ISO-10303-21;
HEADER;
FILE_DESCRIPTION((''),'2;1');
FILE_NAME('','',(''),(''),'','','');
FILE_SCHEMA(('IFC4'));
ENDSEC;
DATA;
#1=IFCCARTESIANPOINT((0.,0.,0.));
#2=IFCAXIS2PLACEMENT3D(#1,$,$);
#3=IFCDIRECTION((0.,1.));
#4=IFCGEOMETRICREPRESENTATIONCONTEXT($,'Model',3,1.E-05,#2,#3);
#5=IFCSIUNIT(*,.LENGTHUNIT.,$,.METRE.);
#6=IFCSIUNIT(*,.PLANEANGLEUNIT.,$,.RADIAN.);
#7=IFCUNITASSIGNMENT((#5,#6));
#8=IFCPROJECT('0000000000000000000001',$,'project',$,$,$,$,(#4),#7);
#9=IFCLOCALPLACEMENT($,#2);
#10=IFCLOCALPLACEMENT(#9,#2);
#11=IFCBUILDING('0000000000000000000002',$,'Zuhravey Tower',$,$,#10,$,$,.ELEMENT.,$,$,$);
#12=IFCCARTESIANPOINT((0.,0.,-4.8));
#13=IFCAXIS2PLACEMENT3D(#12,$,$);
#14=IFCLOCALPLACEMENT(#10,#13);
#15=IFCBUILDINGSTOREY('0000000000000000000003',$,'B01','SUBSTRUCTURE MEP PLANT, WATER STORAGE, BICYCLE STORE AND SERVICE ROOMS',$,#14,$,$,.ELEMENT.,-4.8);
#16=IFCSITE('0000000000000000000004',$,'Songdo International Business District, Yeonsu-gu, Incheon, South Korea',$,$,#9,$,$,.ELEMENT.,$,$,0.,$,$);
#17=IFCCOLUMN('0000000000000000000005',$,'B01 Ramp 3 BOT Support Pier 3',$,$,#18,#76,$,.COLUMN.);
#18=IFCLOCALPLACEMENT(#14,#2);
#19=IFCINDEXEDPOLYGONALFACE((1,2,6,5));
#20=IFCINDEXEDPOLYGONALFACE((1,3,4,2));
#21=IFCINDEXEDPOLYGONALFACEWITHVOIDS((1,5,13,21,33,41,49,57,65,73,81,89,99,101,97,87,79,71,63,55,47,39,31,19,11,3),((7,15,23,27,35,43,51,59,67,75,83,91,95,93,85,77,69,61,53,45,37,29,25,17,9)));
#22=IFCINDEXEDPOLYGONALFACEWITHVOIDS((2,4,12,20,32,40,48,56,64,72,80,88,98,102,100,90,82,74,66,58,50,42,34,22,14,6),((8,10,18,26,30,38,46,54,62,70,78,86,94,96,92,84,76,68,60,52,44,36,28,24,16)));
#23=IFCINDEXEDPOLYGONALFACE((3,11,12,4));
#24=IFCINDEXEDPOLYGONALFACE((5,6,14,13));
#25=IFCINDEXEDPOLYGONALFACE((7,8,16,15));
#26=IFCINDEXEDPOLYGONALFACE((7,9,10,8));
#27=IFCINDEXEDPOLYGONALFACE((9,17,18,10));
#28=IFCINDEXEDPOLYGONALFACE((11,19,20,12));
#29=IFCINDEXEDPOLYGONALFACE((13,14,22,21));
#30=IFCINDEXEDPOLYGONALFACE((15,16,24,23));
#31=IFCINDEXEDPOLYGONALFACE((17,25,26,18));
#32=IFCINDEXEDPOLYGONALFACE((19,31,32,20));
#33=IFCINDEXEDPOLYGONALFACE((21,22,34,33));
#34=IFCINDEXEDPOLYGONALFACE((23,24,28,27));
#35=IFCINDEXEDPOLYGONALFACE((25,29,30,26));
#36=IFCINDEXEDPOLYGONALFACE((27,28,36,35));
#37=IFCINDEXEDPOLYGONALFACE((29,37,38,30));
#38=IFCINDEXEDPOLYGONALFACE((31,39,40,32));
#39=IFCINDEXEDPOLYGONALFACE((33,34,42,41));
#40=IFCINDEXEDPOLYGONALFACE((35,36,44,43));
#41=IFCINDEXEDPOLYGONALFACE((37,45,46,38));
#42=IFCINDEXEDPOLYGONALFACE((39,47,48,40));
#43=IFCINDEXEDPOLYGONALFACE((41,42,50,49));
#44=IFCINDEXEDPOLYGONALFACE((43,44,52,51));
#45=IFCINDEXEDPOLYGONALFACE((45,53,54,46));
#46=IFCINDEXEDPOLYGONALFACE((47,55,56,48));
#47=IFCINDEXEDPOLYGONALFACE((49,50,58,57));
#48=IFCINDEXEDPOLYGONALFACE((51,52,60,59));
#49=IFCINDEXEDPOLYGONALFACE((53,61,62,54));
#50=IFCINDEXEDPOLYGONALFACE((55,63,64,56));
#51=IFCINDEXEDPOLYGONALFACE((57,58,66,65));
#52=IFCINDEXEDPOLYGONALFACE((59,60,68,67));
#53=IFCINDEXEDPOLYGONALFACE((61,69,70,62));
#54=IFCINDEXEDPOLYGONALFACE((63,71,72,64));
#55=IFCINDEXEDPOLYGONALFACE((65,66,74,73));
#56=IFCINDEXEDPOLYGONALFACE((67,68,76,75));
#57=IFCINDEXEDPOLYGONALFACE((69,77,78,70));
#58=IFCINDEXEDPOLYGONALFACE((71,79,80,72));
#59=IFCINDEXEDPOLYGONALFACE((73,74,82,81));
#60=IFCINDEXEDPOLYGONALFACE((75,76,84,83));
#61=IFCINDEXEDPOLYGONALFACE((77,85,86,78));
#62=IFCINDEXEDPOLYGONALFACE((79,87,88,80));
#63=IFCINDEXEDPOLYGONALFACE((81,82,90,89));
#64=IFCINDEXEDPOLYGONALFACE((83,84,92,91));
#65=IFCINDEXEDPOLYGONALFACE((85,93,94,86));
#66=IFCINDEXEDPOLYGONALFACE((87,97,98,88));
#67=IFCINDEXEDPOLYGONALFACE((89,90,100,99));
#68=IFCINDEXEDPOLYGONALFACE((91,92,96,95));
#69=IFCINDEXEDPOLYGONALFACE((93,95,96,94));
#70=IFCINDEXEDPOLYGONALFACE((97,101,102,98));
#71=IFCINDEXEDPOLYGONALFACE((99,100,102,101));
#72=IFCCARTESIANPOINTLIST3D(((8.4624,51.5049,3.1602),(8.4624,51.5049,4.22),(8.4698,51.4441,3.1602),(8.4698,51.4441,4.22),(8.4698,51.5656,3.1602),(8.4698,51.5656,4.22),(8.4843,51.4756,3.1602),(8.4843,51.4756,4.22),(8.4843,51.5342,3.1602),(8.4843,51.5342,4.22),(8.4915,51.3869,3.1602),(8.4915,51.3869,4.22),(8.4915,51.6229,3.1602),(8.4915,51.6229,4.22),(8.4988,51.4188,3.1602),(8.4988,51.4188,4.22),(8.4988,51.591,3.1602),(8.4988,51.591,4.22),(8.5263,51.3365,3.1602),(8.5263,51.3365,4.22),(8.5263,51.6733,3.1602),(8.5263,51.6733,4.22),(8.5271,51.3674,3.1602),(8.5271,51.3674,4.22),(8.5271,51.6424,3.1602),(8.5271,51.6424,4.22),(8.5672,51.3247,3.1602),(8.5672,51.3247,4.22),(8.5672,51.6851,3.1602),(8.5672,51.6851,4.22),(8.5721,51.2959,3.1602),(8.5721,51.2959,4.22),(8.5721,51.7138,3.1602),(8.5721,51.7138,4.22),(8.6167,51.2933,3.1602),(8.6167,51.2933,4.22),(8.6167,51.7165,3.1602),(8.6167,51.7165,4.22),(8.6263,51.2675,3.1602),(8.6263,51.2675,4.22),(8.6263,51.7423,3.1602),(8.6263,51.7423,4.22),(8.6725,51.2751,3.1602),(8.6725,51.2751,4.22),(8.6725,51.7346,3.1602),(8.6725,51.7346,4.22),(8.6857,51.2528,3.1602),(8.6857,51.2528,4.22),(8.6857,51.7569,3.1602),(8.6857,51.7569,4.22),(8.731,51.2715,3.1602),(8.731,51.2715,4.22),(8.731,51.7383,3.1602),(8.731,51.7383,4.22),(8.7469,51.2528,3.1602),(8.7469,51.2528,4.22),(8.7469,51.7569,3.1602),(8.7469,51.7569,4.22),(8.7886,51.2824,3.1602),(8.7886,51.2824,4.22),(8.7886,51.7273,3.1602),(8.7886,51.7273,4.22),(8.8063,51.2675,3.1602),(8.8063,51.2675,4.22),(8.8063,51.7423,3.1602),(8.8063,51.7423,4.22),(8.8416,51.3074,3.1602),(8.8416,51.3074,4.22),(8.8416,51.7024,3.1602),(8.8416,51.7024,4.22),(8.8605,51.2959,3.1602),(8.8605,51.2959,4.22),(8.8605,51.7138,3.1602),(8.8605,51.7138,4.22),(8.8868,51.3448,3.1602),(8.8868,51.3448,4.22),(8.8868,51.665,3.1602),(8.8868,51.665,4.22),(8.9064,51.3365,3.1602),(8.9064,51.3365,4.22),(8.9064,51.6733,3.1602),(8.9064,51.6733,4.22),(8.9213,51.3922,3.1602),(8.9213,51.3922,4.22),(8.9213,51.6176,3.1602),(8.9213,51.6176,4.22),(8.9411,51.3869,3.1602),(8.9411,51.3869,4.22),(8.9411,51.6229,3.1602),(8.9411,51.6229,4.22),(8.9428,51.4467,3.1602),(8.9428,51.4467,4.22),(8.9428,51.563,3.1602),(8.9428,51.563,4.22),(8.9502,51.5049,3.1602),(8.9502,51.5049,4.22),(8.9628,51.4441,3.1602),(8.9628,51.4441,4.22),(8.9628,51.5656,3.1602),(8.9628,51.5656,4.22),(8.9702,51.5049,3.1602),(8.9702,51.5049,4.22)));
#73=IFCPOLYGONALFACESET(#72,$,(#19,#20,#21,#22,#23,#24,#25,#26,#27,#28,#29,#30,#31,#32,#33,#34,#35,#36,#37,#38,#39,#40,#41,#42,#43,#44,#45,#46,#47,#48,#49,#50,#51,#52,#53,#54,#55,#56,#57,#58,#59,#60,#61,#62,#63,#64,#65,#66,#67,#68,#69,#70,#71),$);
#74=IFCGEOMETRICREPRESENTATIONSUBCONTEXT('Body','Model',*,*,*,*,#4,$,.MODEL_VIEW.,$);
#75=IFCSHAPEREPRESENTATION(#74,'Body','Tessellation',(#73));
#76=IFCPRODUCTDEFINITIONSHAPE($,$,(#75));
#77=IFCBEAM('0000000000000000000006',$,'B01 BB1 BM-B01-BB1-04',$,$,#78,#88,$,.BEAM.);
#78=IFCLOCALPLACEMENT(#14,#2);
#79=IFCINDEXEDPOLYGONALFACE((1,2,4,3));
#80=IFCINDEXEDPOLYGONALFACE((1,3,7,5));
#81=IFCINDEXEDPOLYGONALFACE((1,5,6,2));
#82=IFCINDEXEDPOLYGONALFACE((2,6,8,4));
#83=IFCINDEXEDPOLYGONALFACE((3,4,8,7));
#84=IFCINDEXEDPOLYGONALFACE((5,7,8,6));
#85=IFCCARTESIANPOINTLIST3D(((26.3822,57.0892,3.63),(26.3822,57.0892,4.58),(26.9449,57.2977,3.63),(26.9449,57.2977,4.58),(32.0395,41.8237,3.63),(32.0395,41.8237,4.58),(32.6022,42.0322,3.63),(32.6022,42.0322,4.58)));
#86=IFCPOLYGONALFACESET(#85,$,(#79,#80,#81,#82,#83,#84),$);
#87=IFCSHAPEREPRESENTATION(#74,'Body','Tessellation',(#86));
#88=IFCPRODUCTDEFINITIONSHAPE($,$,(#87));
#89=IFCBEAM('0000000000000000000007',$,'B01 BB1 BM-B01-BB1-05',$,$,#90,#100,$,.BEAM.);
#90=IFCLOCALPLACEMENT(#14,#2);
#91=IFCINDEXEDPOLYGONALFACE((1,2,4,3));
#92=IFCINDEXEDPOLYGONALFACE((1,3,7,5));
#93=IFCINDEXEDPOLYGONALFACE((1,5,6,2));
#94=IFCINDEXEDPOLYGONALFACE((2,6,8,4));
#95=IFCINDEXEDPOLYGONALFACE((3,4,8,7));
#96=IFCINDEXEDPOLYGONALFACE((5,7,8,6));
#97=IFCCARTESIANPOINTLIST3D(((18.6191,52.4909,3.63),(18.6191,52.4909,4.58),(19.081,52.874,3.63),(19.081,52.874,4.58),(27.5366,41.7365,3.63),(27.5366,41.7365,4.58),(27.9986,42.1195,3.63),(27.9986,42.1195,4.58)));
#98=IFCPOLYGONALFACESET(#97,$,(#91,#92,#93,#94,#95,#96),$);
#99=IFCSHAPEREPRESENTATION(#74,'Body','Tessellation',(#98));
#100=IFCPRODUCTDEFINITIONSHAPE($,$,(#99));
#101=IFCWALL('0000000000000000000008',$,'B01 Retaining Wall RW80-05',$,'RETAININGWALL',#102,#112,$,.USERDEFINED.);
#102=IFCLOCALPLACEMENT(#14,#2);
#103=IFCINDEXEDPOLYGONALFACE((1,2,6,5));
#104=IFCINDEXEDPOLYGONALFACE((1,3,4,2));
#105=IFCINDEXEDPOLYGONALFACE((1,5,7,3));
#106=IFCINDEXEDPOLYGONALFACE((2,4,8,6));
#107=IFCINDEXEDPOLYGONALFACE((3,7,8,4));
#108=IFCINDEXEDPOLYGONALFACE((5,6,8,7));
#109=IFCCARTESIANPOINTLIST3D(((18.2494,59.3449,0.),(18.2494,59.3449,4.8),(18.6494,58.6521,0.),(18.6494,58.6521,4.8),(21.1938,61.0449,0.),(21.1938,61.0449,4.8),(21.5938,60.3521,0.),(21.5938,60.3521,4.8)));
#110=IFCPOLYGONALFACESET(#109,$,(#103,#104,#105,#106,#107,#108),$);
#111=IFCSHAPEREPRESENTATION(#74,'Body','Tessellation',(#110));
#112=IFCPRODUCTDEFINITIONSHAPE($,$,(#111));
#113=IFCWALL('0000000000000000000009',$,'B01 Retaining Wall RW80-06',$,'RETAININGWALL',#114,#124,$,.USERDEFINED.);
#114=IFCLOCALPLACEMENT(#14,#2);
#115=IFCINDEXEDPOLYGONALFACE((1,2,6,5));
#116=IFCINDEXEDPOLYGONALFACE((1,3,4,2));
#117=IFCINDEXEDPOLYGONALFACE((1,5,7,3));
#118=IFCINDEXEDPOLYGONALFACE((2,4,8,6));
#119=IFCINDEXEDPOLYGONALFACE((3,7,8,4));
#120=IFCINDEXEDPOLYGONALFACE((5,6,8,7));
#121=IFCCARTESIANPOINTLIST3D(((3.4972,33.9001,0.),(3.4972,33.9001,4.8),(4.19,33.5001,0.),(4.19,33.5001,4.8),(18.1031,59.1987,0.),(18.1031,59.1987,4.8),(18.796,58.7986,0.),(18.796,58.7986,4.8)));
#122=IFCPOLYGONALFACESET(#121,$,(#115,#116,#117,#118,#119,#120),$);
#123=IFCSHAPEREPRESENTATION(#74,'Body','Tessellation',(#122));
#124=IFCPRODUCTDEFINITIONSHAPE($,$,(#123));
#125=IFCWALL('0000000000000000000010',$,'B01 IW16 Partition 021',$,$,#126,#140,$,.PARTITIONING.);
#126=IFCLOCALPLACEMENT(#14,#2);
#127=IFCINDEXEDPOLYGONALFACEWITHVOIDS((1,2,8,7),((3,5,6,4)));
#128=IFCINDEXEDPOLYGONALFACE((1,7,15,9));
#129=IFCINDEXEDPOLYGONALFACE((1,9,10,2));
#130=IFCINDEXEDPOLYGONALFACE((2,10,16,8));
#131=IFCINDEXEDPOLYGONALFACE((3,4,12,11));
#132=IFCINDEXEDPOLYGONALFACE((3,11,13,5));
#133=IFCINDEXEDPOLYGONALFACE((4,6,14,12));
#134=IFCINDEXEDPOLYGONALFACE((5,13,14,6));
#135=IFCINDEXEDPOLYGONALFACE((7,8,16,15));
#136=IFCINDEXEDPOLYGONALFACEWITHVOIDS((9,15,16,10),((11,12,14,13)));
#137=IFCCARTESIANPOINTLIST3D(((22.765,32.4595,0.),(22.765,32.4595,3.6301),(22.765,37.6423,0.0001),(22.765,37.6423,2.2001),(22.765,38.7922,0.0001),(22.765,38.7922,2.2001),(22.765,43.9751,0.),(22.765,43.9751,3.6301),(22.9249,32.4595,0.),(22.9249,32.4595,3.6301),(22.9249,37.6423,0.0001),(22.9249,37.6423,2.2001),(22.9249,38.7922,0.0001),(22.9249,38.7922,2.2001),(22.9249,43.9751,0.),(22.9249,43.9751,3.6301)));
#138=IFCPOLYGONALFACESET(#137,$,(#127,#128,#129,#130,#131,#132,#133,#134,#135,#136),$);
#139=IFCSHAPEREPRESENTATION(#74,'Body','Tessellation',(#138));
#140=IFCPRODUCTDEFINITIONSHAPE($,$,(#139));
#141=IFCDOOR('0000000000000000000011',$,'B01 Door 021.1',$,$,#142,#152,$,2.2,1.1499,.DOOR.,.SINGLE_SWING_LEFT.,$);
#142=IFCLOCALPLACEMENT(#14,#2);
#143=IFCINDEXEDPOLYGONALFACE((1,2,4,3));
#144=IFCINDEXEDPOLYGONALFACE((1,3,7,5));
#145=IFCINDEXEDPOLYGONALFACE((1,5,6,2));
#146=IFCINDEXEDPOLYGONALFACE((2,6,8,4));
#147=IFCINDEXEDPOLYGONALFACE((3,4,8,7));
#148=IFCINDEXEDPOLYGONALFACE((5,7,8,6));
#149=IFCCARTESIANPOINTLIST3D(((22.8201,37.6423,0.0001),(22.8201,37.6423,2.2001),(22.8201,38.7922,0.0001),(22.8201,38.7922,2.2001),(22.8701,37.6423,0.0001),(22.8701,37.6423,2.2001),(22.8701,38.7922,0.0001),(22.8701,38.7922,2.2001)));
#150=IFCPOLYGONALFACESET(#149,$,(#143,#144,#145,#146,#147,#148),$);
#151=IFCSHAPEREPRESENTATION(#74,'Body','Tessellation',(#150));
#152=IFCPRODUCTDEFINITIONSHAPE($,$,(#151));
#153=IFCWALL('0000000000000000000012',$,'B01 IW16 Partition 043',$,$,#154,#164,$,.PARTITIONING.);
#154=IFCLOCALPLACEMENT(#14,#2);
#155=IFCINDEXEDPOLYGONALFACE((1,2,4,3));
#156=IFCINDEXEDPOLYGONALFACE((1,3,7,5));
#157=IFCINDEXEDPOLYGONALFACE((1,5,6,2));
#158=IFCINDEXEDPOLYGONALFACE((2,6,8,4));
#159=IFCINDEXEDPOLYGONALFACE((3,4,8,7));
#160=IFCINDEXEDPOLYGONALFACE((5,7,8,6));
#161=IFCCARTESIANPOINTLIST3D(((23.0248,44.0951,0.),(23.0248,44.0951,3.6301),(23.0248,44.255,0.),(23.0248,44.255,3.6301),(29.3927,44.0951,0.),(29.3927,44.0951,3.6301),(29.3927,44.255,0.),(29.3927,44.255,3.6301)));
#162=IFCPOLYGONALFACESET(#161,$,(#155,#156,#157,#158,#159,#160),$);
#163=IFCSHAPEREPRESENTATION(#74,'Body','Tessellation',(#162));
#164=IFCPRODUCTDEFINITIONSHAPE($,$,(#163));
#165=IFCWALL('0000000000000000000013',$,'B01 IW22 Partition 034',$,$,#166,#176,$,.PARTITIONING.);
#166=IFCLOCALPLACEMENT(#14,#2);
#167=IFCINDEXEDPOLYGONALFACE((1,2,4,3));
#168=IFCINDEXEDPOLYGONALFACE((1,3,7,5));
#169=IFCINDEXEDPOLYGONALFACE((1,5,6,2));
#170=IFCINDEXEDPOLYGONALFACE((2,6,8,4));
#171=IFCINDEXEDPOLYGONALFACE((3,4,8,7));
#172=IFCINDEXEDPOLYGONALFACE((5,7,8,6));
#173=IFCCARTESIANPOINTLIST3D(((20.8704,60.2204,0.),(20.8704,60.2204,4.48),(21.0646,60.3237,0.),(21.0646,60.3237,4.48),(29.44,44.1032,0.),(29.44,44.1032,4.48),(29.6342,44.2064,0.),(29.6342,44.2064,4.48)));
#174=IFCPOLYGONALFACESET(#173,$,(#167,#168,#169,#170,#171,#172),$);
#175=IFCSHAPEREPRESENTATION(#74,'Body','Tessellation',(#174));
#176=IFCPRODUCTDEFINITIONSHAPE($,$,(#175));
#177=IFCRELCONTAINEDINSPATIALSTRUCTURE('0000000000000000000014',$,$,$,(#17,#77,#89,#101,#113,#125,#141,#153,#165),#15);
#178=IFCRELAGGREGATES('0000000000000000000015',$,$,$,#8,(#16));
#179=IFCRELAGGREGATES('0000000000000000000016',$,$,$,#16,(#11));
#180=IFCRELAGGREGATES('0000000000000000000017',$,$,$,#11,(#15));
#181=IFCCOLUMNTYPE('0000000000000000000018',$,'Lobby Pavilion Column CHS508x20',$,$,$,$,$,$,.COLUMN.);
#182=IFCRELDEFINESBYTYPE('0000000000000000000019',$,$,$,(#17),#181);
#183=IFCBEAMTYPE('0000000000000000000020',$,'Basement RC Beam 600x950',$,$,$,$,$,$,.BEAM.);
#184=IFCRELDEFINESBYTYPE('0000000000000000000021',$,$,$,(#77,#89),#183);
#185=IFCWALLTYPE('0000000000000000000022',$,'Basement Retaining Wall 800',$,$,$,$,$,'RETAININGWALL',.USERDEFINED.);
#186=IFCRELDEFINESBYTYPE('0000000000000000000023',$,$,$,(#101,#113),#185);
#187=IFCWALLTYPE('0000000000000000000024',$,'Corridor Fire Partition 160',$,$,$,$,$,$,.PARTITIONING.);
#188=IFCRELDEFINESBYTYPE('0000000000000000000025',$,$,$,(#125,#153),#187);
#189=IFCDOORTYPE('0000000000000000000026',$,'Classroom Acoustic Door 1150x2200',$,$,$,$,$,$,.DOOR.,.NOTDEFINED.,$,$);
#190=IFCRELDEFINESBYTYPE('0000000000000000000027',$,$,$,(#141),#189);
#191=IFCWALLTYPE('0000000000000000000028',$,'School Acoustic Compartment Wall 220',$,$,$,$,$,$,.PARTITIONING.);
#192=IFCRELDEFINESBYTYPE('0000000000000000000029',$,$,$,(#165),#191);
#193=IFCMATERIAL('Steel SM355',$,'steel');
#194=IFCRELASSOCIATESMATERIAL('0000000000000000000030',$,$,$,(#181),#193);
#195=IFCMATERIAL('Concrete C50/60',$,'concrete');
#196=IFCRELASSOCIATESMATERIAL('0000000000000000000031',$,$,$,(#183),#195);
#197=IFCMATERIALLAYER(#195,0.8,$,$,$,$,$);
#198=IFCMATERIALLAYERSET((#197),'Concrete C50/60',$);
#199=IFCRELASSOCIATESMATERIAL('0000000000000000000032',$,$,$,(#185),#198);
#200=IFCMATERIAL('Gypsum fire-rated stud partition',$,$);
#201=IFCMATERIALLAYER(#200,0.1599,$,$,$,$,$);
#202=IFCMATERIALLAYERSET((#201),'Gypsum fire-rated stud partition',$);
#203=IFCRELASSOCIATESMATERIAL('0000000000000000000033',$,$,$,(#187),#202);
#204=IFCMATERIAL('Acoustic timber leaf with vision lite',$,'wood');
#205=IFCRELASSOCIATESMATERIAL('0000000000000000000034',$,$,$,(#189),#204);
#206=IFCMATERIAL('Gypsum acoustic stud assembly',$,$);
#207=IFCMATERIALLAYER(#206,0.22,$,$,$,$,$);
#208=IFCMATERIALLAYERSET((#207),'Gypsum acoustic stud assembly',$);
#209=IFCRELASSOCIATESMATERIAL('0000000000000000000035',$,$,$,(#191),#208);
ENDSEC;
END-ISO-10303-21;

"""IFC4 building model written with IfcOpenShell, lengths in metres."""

from ifc_helpers import new_model, si_unit, direction, frame, frame_2d, origin, origin_2d, place, context, subcontext, project, spatial, rectangle, hollow_circle, extrude, material, layer, layer_set, material_profile, profile_set, type_object, element, fill, save


model = new_model("IFC4")

# Units and contexts
model_context = context("Model", 3, precision=1e-05, world=origin(), true_north=direction((0.0, 1.0)))
body_context = subcontext(model_context, "Body", "Model", "MODEL_VIEW")
ifc_project = project(units=[si_unit("LENGTHUNIT", "METRE"), si_unit("PLANEANGLEUNIT", "RADIAN")], contexts=[model_context])

# Site, building, storey
site_placement = place(None, origin())
site = spatial("IfcSite", under=ifc_project, at=site_placement, Name="Songdo International Business District, Yeonsu-gu, Incheon, South Korea", CompositionType="ELEMENT", RefElevation=0.0)
building_placement = place(site_placement, origin())
building = spatial("IfcBuilding", under=site, at=building_placement, Name="Zuhravey Tower", CompositionType="ELEMENT")
storey_placement = place(building_placement, frame((0.0, 0.0, -4.8)))
storey = spatial("IfcBuildingStorey", under=building, at=storey_placement, Name="B01", Description="SUBSTRUCTURE MEP PLANT, WATER STORAGE, BICYCLE STORE AND SERVICE ROOMS", CompositionType="ELEMENT", Elevation=-4.8)

# Column
ifc_material_1 = material(Name="Steel SM355", Category="steel")
ifc_material_profile_1 = material_profile(ifc_material_1, hollow_circle(Radius=0.2539, WallThickness=0.02, at=origin_2d()), Name="CHS-508x20")
ifc_profile_set_1 = profile_set([ifc_material_profile_1], Name="Steel SM355")
column_type_1 = type_object("IfcColumnType", Name="Lobby Pavilion Column CHS508x20", PredefinedType="COLUMN", material=ifc_profile_set_1)
for number, where, z_axis, x_axis, name in (
    (1, (8.7163, 51.5049, 3.1602), (0.0, 0.0, 1.0), (1.0, 0.0, 0.0), "B01 Ramp 3 BOT Support Pier 3"),
):
    element("IfcColumn", number, at=place(storey_placement, frame(where, z_axis=z_axis, x_axis=x_axis)), inside=storey, type_object=column_type_1, Name=name, PredefinedType="COLUMN", context=body_context, shape_type="SweptSolid", body=[
        extrude(hollow_circle(Radius=0.2539, WallThickness=0.02, at=origin_2d()), origin(), (0.0, 0.0, 1.0), 1.0598),
    ])

# Beams
ifc_material_2 = material(Name="Concrete C50/60", Category="concrete")
ifc_material_profile_2 = material_profile(ifc_material_2, rectangle(XDim=0.6001, YDim=0.95, at=origin_2d()), Name="RC-600x950")
ifc_profile_set_2 = profile_set([ifc_material_profile_2], Name="Concrete C50/60")
beam_type = type_object("IfcBeamType", Name="Basement RC Beam 600x950", PredefinedType="BEAM", material=ifc_profile_set_2)
beam_1_placement = place(storey_placement, frame((32.3208, 41.928, 4.105), z_axis=(-0.347497, 0.937681, 0.0), x_axis=(-0.937681, -0.347497, 0.0)))
element("IfcBeam", 2, at=beam_1_placement, inside=storey, type_object=beam_type, Name="B01 BB1 BM-B01-BB1-04", PredefinedType="BEAM", context=body_context, shape_type="SweptSolid", body=[
    extrude(rectangle(XDim=0.6001, YDim=0.95, at=origin_2d()), origin(), (0.0, 0.0, 1.0), 16.28),
])
beam_2_placement = place(storey_placement, frame((27.7676, 41.928, 4.105), z_axis=(-0.638302, 0.769786, 0.0), x_axis=(-0.769786, -0.638302, 0.0)))
element("IfcBeam", 3, at=beam_2_placement, inside=storey, type_object=beam_type, Name="B01 BB1 BM-B01-BB1-05", PredefinedType="BEAM", context=body_context, shape_type="SweptSolid", body=[
    extrude(rectangle(XDim=0.6001, YDim=0.95, at=origin_2d()), origin(), (0.0, 0.0, 1.0), 13.9707),
])

# Walls
ifc_layer_1 = layer(ifc_material_2, 0.8)
ifc_layer_set_1 = layer_set([ifc_layer_1], Name="Concrete C50/60")
wall_type_1 = type_object("IfcWallType", Name="Basement Retaining Wall 800", ElementType="RETAININGWALL", PredefinedType="USERDEFINED", material=ifc_layer_set_1)
wall_1_placement = place(storey_placement, frame((21.3938, 60.6985, 0.0), z_axis=(0.0, 0.0, 1.0), x_axis=(-0.866021, -0.500008, 0.0)))
element("IfcWall", 4, at=wall_1_placement, inside=storey, type_object=wall_type_1, Name="B01 Retaining Wall RW80-05", ObjectType="RETAININGWALL", PredefinedType="USERDEFINED", context=body_context, shape_type="SweptSolid", body=[
    extrude(rectangle(XDim=3.3999, YDim=0.8, at=frame_2d((1.7, 0.0))), origin(), (0.0, 0.0, 1.0), 4.8),
])
wall_2_placement = place(storey_placement, frame((18.4495, 58.9985, 0.0), z_axis=(0.0, 0.0, 1.0), x_axis=(-0.499995, -0.866028, 0.0)))
element("IfcWall", 5, at=wall_2_placement, inside=storey, type_object=wall_type_1, Name="B01 Retaining Wall RW80-06", ObjectType="RETAININGWALL", PredefinedType="USERDEFINED", context=body_context, shape_type="SweptSolid", body=[
    extrude(rectangle(XDim=29.2122, YDim=0.8, at=frame_2d((14.606, 0.0))), origin(), (0.0, 0.0, 1.0), 4.8),
])

# Wall, opening, door
ifc_material_3 = material(Name="Gypsum fire-rated stud partition")
ifc_layer_2 = layer(ifc_material_3, 0.1599)
ifc_layer_set_2 = layer_set([ifc_layer_2], Name="Gypsum fire-rated stud partition")
wall_type_2 = type_object("IfcWallType", Name="Corridor Fire Partition 160", PredefinedType="PARTITIONING", material=ifc_layer_set_2)
wall_3_placement = place(storey_placement, frame((22.845, 43.9751, 0.0), z_axis=(0.0, 0.0, 1.0), x_axis=(0.0, -1.0, 0.0)))
wall_3 = element("IfcWall", 6, at=wall_3_placement, inside=storey, type_object=wall_type_2, Name="B01 IW16 Partition 021", PredefinedType="PARTITIONING", context=body_context, shape_type="SweptSolid", body=[
    extrude(rectangle(XDim=11.5156, YDim=0.1599, at=frame_2d((5.7578, 0.0))), origin(), (0.0, 0.0, 1.0), 3.6301),
])
opening_placement = place(wall_3_placement, frame((5.1829, 0.0, 0.0)))
opening = element("IfcOpeningElement", 7, at=opening_placement, cuts=wall_3, PredefinedType="OPENING", context=body_context, shape_type="SweptSolid", body=[
    extrude(rectangle(XDim=1.1499, YDim=2.2, at=frame_2d((0.575, 1.1001))), frame((0.0, 0.092, 0.0), z_axis=(0.0, -1.0, 0.0), x_axis=(1.0, 0.0, 0.0)), (0.0, 0.0, 1.0), 0.1838),
])
ifc_material_4 = material(Name="Acoustic timber leaf with vision lite", Category="wood")
door_type = type_object("IfcDoorType", Name="Classroom Acoustic Door 1150x2200", OperationType="NOTDEFINED", PredefinedType="DOOR", material=ifc_material_4)
door_placement = place(opening_placement, frame((1.1499, 0.0, 0.0), z_axis=(0.0, 0.0, 1.0), x_axis=(-1.0, 0.0, 0.0)))
door = element("IfcDoor", 8, at=door_placement, inside=storey, type_object=door_type, Name="B01 Door 021.1", OperationType="SINGLE_SWING_LEFT", OverallHeight=2.2, OverallWidth=1.1499, PredefinedType="DOOR", context=body_context, shape_type="SweptSolid", body=[
    extrude(rectangle(XDim=1.1499, YDim=2.2, at=frame_2d((0.575, 1.1001))), frame((0.0, 0.0249, 0.0), z_axis=(0.0, -1.0, 0.0), x_axis=(1.0, 0.0, 0.0)), (0.0, 0.0, 1.0), 0.05),
])
fill(opening, door)

# Walls
wall_4_placement = place(storey_placement, frame((29.3928, 44.175, 0.0), z_axis=(0.0, 0.0, 1.0), x_axis=(-1.0, 0.0, 0.0)))
element("IfcWall", 9, at=wall_4_placement, inside=storey, type_object=wall_type_2, Name="B01 IW16 Partition 043", PredefinedType="PARTITIONING", context=body_context, shape_type="SweptSolid", body=[
    extrude(rectangle(XDim=6.3679, YDim=0.1599, at=frame_2d((3.1841, 0.0))), origin(), (0.0, 0.0, 1.0), 3.6301),
])
ifc_material_5 = material(Name="Gypsum acoustic stud assembly")
ifc_layer_3 = layer(ifc_material_5, 0.22)
ifc_layer_set_3 = layer_set([ifc_layer_3], Name="Gypsum acoustic stud assembly")
wall_type_3 = type_object("IfcWallType", Name="School Acoustic Compartment Wall 220", PredefinedType="PARTITIONING", material=ifc_layer_set_3)
wall_5_placement = place(storey_placement, frame((29.5371, 44.1548, 0.0), z_axis=(0.0, 0.0, 1.0), x_axis=(-0.469468, 0.882949, 0.0)))
element("IfcWall", 10, at=wall_5_placement, inside=storey, type_object=wall_type_3, Name="B01 IW22 Partition 034", PredefinedType="PARTITIONING", context=body_context, shape_type="SweptSolid", body=[
    extrude(rectangle(XDim=18.2539, YDim=0.22, at=frame_2d((9.127, 0.0))), origin(), (0.0, 0.0, 1.0), 4.48),
])

save(model, "model.ifc")
